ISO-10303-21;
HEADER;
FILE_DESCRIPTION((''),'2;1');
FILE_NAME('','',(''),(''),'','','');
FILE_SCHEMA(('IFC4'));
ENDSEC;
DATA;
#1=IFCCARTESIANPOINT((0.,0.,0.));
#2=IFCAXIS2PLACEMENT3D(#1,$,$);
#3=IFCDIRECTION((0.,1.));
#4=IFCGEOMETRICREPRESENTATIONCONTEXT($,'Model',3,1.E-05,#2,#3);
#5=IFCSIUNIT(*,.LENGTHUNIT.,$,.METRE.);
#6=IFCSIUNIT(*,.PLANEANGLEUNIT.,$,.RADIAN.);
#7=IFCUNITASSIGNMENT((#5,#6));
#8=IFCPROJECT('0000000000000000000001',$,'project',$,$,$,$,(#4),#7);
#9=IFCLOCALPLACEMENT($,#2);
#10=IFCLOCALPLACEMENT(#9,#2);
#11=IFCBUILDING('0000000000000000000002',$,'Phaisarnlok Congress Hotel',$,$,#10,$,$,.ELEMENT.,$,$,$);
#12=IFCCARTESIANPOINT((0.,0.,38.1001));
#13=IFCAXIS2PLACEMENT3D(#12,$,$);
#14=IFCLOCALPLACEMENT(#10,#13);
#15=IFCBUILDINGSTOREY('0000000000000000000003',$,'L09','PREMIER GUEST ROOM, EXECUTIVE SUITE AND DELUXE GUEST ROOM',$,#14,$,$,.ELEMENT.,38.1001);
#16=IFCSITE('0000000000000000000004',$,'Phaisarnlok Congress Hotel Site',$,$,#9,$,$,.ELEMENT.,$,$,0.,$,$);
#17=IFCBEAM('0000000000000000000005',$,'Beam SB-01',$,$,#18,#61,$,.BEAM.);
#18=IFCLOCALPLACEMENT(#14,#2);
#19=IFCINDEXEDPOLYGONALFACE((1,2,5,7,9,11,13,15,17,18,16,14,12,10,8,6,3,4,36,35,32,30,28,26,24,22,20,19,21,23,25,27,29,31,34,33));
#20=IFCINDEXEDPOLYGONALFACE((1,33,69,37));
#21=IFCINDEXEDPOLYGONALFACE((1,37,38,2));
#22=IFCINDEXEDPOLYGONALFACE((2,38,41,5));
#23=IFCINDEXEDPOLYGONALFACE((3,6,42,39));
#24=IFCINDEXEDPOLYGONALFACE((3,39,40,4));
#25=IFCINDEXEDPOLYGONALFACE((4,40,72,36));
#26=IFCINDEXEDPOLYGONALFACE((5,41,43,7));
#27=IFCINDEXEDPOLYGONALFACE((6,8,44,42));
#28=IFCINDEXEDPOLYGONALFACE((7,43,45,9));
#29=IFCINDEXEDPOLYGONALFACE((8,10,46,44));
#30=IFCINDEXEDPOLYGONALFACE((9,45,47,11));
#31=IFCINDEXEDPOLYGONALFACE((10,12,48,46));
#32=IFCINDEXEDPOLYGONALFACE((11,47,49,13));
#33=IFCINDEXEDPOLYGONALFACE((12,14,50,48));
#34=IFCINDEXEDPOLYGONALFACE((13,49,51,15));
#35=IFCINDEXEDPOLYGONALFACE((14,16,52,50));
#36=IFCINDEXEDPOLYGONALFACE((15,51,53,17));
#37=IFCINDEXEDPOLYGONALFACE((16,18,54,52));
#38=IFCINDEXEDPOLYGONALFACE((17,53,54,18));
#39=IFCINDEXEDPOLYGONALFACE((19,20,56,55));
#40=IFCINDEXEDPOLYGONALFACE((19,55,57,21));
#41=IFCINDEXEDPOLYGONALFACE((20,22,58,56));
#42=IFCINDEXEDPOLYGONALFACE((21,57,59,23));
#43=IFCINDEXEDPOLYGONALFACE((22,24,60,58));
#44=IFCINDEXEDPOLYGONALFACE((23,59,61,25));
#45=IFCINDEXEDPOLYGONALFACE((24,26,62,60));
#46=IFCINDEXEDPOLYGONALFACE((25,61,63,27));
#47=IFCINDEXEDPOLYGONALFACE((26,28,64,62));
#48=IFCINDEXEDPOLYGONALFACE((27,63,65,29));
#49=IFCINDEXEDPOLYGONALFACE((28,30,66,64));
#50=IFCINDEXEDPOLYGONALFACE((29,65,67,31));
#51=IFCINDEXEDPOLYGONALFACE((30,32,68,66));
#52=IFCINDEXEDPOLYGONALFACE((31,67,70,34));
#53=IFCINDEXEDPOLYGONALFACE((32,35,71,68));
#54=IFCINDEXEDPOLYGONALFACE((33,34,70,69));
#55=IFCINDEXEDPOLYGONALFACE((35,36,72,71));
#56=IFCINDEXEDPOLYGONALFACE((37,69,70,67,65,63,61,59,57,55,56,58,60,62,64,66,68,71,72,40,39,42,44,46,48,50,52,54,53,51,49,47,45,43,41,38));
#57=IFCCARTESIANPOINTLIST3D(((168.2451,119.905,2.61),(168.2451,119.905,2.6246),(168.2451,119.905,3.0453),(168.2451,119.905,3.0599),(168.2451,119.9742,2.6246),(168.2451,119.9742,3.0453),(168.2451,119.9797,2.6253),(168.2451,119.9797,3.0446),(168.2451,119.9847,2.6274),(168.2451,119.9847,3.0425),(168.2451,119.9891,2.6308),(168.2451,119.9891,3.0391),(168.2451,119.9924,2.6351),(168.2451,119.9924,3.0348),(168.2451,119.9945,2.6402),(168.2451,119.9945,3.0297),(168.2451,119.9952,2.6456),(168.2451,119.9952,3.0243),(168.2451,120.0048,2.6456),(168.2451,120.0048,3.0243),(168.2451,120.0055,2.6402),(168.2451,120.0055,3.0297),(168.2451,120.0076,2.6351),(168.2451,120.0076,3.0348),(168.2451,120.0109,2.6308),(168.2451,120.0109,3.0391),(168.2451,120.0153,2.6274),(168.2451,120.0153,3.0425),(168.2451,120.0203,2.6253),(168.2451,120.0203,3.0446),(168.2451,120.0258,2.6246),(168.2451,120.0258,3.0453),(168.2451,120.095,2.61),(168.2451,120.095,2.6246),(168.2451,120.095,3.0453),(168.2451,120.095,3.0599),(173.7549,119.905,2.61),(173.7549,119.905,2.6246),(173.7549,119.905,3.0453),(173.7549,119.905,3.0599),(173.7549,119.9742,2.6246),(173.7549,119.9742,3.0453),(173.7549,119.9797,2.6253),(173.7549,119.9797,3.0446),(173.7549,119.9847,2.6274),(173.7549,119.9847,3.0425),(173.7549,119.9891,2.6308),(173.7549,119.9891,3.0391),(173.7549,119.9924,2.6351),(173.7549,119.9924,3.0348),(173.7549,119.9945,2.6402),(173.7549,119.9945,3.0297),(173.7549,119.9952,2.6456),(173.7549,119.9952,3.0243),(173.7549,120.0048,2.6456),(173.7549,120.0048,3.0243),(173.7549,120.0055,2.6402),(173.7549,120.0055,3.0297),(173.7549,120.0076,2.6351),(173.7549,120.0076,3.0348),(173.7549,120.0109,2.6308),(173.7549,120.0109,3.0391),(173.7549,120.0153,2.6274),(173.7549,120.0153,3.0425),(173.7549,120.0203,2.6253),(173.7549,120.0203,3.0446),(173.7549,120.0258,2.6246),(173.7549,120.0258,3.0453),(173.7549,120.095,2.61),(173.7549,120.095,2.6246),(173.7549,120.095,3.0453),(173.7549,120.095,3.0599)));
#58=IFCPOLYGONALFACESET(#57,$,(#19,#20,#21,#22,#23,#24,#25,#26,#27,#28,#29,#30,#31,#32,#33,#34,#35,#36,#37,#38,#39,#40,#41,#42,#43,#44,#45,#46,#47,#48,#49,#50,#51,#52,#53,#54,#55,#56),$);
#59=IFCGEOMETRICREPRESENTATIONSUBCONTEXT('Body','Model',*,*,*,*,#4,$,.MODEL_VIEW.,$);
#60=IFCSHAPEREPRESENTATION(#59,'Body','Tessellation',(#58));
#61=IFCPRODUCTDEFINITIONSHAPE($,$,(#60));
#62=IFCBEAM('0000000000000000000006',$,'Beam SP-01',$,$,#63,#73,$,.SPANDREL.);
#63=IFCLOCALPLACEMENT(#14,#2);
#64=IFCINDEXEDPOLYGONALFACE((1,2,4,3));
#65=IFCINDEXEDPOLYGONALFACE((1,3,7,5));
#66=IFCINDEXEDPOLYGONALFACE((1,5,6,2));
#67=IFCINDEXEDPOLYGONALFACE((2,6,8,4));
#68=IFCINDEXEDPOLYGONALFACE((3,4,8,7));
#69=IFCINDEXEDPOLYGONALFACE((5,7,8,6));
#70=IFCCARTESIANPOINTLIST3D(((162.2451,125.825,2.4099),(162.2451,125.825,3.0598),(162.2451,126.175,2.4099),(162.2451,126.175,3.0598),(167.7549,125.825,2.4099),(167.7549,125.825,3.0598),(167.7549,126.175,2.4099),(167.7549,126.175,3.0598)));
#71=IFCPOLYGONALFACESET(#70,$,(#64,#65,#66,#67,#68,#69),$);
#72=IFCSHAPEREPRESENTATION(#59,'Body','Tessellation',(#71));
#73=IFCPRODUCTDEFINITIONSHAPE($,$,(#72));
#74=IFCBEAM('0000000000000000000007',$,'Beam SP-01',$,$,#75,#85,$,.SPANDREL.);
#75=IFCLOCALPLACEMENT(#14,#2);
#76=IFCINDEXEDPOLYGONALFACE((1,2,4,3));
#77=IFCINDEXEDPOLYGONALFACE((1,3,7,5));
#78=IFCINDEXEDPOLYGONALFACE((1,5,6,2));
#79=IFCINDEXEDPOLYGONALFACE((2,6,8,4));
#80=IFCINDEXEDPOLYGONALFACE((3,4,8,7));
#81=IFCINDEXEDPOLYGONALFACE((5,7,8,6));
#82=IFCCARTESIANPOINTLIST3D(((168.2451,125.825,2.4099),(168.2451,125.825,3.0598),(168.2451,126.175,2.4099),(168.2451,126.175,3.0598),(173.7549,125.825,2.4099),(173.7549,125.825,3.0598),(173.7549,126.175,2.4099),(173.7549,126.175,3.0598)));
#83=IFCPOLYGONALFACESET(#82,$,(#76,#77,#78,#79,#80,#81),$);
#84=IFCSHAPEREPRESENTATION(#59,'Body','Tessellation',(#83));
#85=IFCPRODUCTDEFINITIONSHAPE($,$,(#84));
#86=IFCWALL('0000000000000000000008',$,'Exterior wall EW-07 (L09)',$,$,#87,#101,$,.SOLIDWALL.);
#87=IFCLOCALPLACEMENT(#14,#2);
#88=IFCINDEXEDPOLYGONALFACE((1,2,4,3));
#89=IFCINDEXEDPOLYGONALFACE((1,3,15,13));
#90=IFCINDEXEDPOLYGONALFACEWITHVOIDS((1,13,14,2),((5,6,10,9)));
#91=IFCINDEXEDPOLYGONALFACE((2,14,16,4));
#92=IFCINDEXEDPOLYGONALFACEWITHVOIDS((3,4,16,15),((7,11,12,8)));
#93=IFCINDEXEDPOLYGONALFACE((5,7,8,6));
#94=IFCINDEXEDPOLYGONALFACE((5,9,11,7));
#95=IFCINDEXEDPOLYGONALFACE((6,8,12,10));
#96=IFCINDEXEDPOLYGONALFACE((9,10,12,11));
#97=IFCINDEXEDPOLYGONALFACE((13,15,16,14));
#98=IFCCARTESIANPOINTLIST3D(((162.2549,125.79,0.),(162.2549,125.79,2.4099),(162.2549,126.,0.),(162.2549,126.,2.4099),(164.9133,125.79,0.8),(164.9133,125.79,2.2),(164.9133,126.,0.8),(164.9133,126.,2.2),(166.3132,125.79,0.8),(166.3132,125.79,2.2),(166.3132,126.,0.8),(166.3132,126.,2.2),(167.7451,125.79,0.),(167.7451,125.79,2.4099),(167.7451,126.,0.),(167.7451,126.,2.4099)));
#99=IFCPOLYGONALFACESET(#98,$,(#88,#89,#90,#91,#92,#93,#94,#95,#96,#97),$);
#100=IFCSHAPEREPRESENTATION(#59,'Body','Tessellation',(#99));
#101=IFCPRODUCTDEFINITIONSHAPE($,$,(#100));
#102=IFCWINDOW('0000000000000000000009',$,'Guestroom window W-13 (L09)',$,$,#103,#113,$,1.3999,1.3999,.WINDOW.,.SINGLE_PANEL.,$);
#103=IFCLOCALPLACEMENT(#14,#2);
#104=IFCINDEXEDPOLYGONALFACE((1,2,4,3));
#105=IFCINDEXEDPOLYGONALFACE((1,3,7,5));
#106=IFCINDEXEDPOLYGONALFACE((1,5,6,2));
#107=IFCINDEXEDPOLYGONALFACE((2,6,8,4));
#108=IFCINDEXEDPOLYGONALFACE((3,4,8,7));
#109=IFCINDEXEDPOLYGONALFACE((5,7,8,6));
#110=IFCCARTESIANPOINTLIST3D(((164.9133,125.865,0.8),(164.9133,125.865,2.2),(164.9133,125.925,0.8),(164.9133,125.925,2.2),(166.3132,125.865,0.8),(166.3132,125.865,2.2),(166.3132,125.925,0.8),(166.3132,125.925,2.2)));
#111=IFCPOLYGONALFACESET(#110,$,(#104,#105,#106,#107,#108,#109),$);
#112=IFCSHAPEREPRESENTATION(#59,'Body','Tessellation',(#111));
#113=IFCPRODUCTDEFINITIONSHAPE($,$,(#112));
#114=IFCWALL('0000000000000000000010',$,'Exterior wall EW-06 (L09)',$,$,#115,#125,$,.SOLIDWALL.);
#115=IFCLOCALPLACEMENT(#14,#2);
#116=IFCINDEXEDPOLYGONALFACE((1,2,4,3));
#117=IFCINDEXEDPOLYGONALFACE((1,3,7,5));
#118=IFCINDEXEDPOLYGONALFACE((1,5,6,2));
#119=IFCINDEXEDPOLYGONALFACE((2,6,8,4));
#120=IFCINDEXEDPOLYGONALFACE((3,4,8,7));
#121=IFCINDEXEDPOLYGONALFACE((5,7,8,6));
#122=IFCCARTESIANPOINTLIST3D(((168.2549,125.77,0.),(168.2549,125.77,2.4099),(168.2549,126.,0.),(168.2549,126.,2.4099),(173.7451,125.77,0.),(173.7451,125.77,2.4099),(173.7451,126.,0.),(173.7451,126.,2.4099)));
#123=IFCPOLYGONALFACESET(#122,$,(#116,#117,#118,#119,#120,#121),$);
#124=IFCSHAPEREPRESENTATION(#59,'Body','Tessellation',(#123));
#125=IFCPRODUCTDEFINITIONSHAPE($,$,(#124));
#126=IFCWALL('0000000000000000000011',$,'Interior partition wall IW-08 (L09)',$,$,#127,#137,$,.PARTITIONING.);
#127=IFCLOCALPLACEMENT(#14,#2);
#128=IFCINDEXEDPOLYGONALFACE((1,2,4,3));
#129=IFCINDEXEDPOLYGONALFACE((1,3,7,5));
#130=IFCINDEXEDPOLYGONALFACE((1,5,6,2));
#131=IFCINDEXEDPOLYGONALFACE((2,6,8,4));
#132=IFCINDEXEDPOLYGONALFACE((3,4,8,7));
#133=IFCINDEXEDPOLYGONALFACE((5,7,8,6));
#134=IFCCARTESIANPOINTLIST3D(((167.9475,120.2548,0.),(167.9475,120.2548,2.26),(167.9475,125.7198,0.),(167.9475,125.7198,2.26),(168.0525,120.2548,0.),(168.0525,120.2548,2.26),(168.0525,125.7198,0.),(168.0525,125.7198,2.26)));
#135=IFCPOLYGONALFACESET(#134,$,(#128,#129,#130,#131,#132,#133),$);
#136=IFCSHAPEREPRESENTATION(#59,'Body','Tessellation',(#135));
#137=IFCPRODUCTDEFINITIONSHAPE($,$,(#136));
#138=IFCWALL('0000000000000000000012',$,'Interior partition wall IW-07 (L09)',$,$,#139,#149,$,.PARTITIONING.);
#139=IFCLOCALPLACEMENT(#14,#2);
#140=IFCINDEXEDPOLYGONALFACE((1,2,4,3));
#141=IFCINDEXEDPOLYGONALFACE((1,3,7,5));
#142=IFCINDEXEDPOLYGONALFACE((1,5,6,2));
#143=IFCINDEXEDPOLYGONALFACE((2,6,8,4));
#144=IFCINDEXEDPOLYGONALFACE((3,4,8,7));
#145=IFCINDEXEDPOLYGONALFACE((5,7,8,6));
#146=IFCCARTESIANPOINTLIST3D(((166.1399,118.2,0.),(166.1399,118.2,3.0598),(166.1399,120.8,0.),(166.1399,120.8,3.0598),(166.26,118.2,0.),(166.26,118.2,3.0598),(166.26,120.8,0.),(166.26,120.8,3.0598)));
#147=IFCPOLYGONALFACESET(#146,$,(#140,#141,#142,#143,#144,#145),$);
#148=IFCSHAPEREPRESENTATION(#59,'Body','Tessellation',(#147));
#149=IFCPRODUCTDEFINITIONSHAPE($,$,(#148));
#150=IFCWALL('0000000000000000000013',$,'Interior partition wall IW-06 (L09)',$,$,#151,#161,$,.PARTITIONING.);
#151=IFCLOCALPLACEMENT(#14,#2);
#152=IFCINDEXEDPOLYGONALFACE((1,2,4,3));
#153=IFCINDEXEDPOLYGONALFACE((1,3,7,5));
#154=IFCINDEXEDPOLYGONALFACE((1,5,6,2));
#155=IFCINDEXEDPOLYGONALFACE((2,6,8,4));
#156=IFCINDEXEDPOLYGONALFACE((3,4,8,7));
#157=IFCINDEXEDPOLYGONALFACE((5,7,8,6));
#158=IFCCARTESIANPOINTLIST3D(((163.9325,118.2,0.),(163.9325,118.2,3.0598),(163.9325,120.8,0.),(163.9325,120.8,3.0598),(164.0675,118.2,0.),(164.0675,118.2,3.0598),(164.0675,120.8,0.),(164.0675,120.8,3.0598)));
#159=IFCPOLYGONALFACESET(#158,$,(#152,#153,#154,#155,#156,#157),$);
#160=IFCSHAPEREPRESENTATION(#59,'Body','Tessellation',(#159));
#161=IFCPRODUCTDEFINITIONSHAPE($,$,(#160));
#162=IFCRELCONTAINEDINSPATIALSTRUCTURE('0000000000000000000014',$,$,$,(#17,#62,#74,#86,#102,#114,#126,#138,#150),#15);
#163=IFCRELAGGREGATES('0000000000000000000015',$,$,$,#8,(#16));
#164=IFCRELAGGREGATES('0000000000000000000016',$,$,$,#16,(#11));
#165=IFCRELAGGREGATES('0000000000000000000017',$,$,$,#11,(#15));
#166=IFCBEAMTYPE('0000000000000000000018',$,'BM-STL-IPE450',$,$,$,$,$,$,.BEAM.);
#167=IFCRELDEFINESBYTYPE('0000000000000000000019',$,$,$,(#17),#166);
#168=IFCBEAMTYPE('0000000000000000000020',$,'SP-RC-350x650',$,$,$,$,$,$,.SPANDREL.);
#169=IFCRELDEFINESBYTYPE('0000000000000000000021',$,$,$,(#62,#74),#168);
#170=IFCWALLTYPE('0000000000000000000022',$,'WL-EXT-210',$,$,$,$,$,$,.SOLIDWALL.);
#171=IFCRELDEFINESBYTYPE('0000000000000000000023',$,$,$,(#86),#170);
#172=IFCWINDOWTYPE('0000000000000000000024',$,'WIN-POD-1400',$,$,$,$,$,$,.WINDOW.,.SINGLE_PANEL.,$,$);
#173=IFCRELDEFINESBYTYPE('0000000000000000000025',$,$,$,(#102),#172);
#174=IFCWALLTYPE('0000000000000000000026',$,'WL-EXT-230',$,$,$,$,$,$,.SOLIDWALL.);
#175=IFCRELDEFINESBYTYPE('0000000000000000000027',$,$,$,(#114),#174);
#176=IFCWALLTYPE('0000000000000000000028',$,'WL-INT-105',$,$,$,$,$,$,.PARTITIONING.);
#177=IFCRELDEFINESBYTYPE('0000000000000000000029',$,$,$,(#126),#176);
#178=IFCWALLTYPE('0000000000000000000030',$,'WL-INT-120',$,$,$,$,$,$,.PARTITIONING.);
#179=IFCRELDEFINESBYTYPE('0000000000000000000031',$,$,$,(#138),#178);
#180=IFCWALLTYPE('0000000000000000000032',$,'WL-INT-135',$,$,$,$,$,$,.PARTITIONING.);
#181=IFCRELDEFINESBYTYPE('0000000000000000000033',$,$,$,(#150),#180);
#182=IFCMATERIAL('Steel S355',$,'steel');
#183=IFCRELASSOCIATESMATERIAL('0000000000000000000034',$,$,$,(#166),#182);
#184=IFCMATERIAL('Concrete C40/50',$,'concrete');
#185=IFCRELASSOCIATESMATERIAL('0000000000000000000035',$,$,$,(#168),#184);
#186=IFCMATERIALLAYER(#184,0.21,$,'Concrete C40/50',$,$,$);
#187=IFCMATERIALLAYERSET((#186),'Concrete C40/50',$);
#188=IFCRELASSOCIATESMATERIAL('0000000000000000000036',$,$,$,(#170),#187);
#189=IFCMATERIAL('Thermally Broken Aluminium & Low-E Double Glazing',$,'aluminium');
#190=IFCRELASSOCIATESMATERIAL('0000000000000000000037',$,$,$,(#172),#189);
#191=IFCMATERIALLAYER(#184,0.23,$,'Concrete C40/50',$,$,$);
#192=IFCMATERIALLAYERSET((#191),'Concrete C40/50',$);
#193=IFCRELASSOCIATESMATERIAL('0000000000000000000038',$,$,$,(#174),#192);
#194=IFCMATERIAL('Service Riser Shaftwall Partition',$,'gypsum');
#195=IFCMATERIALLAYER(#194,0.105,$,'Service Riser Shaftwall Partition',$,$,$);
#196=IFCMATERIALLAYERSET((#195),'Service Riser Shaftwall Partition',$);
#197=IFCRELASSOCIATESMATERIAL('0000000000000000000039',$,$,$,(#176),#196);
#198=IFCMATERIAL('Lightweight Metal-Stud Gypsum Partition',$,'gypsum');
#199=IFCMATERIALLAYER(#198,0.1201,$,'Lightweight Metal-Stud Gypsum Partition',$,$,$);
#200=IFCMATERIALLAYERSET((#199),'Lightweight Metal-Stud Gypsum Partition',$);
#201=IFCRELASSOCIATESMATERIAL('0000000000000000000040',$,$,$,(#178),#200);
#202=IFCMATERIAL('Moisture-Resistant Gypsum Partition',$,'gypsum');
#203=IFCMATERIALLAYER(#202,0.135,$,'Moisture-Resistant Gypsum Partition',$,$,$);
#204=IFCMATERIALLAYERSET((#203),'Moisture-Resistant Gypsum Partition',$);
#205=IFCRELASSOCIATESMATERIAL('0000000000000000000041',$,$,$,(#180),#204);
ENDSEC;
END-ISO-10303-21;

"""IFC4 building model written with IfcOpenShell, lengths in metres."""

from ifc_helpers import new_model, si_unit, direction, frame, frame_2d, origin, origin_2d, place, context, subcontext, project, spatial, rectangle, i_section, extrude, material, layer, layer_set, material_profile, profile_set, type_object, element, fill, save


model = new_model("IFC4")

# Units and contexts
model_context = context("Model", 3, precision=1e-05, world=origin(), true_north=direction((0.0, 1.0)))
body_context = subcontext(model_context, "Body", "Model", "MODEL_VIEW")
ifc_project = project(units=[si_unit("LENGTHUNIT", "METRE"), si_unit("PLANEANGLEUNIT", "RADIAN")], contexts=[model_context])

# Site, building, storey
site_placement = place(None, origin())
site = spatial("IfcSite", under=ifc_project, at=site_placement, Name="Phaisarnlok Congress Hotel Site", CompositionType="ELEMENT", RefElevation=0.0)
building_placement = place(site_placement, origin())
building = spatial("IfcBuilding", under=site, at=building_placement, Name="Phaisarnlok Congress Hotel", CompositionType="ELEMENT")
storey_placement = place(building_placement, frame((0.0, 0.0, 38.1001)))
storey = spatial("IfcBuildingStorey", under=building, at=storey_placement, Name="L09", Description="PREMIER GUEST ROOM, EXECUTIVE SUITE AND DELUXE GUEST ROOM", CompositionType="ELEMENT", Elevation=38.1001)

# Beams
ifc_material_1 = material(Name="Concrete C40/50", Category="concrete")
ifc_material_2 = material(Name="Steel S355", Category="steel")
ifc_material_profile_1 = material_profile(ifc_material_2, i_section(OverallWidth=0.1899, OverallDepth=0.45, WebThickness=0.0095, FlangeThickness=0.0146, FilletRadius=0.021, at=origin_2d()), Name="IPE 450")
ifc_profile_set_1 = profile_set([ifc_material_profile_1], Name="Steel S355")
beam_type_1 = type_object("IfcBeamType", Name="BM-STL-IPE450", PredefinedType="BEAM", material=ifc_profile_set_1)
beam_1_placement = place(storey_placement, frame((168.2451, 120.0, 2.835), z_axis=(1.0, 0.0, 0.0), x_axis=(0.0, 1.0, 0.0)))
element("IfcBeam", 1, at=beam_1_placement, inside=storey, type_object=beam_type_1, Name="Beam SB-01", PredefinedType="BEAM", context=body_context, shape_type="SweptSolid", body=[
    extrude(i_section(OverallWidth=0.1899, OverallDepth=0.45, WebThickness=0.0095, FlangeThickness=0.0146, FilletRadius=0.021, at=origin_2d()), origin(), (0.0, 0.0, 1.0), 5.5098),
])
ifc_material_profile_2 = material_profile(ifc_material_1, rectangle(XDim=0.3501, YDim=0.6499, at=origin_2d()), Name="RC 350x650")
ifc_profile_set_2 = profile_set([ifc_material_profile_2], Name="Concrete C40/50")
beam_type_2 = type_object("IfcBeamType", Name="SP-RC-350x650", PredefinedType="SPANDREL", material=ifc_profile_set_2)
for number, where, z_axis, x_axis, name in (
    (2, (162.2451, 126.0, 2.7349), (1.0, 0.0, 0.0), (0.0, 1.0, 0.0), "Beam SP-01"),
    (3, (168.2451, 126.0, 2.7349), (1.0, 0.0, 0.0), (0.0, 1.0, 0.0), "Beam SP-01"),
):
    element("IfcBeam", number, at=place(storey_placement, frame(where, z_axis=z_axis, x_axis=x_axis)), inside=storey, type_object=beam_type_2, Name=name, PredefinedType="SPANDREL", context=body_context, shape_type="SweptSolid", body=[
        extrude(rectangle(XDim=0.3501, YDim=0.6499, at=origin_2d()), origin(), (0.0, 0.0, 1.0), 5.5098),
    ])

# Wall, opening, window
ifc_layer_1 = layer(ifc_material_1, 0.21, Name="Concrete C40/50")
ifc_layer_set_1 = layer_set([ifc_layer_1], Name="Concrete C40/50")
wall_type_1 = type_object("IfcWallType", Name="WL-EXT-210", PredefinedType="SOLIDWALL", material=ifc_layer_set_1)
wall_1_placement = place(storey_placement, frame((167.7451, 125.895, 0.0), z_axis=(0.0, 0.0, 1.0), x_axis=(-1.0, 0.0, 0.0)))
wall_1 = element("IfcWall", 4, at=wall_1_placement, inside=storey, type_object=wall_type_1, Name="Exterior wall EW-07 (L09)", PredefinedType="SOLIDWALL", context=body_context, shape_type="SweptSolid", body=[
    extrude(rectangle(XDim=5.4902, YDim=0.21, at=frame_2d((2.7451, 0.0))), origin(), (0.0, 0.0, 1.0), 2.4099),
])
opening_1_placement = place(wall_1_placement, frame((1.4319, 0.0, 0.8)))
opening_1 = element("IfcOpeningElement", 5, at=opening_1_placement, cuts=wall_1, PredefinedType="OPENING", context=body_context, shape_type="SweptSolid", body=[
    extrude(rectangle(XDim=1.3999, YDim=1.3999, at=frame_2d((0.7, 0.7))), frame((0.0, 0.115, 0.0), z_axis=(0.0, -1.0, 0.0), x_axis=(1.0, 0.0, 0.0)), (0.0, 0.0, 1.0), 0.23),
])
ifc_material_3 = material(Name="Thermally Broken Aluminium & Low-E Double Glazing", Category="aluminium")
window_type = type_object("IfcWindowType", Name="WIN-POD-1400", PartitioningType="SINGLE_PANEL", PredefinedType="WINDOW", material=ifc_material_3)
window_placement = place(opening_1_placement, origin())
window = element("IfcWindow", 6, at=window_placement, inside=storey, type_object=window_type, Name="Guestroom window W-13 (L09)", OverallHeight=1.3999, OverallWidth=1.3999, PartitioningType="SINGLE_PANEL", PredefinedType="WINDOW", context=body_context, shape_type="SweptSolid", body=[
    extrude(rectangle(XDim=1.3999, YDim=1.3999, at=frame_2d((0.7, 0.7))), frame((0.0, 0.03, 0.0), z_axis=(0.0, -1.0, 0.0), x_axis=(1.0, 0.0, 0.0)), (0.0, 0.0, 1.0), 0.0601),
])
fill(opening_1, window)

# Walls
ifc_layer_2 = layer(ifc_material_1, 0.23, Name="Concrete C40/50")
ifc_layer_set_2 = layer_set([ifc_layer_2], Name="Concrete C40/50")
wall_type_2 = type_object("IfcWallType", Name="WL-EXT-230", PredefinedType="SOLIDWALL", material=ifc_layer_set_2)
wall_2_placement = place(storey_placement, frame((173.7451, 125.885, 0.0), z_axis=(0.0, 0.0, 1.0), x_axis=(-1.0, 0.0, 0.0)))
element("IfcWall", 7, at=wall_2_placement, inside=storey, type_object=wall_type_2, Name="Exterior wall EW-06 (L09)", PredefinedType="SOLIDWALL", context=body_context, shape_type="SweptSolid", body=[
    extrude(rectangle(XDim=5.4902, YDim=0.23, at=frame_2d((2.7451, 0.0))), origin(), (0.0, 0.0, 1.0), 2.4099),
])
ifc_material_4 = material(Name="Service Riser Shaftwall Partition", Category="gypsum")
ifc_layer_3 = layer(ifc_material_4, 0.105, Name="Service Riser Shaftwall Partition")
ifc_layer_set_3 = layer_set([ifc_layer_3], Name="Service Riser Shaftwall Partition")
wall_type_3 = type_object("IfcWallType", Name="WL-INT-105", PredefinedType="PARTITIONING", material=ifc_layer_set_3)
wall_3_placement = place(storey_placement, frame((168.0, 120.2549, 0.0), z_axis=(0.0, 0.0, 1.0), x_axis=(0.0, 1.0, 0.0)))
element("IfcWall", 8, at=wall_3_placement, inside=storey, type_object=wall_type_3, Name="Interior partition wall IW-08 (L09)", PredefinedType="PARTITIONING", context=body_context, shape_type="SweptSolid", body=[
    extrude(rectangle(XDim=5.4651, YDim=0.105, at=frame_2d((2.7324, 0.0))), origin(), (0.0, 0.0, 1.0), 2.26),
])
ifc_material_5 = material(Name="Lightweight Metal-Stud Gypsum Partition", Category="gypsum")
ifc_layer_4 = layer(ifc_material_5, 0.1201, Name="Lightweight Metal-Stud Gypsum Partition")
ifc_layer_set_4 = layer_set([ifc_layer_4], Name="Lightweight Metal-Stud Gypsum Partition")
wall_type_4 = type_object("IfcWallType", Name="WL-INT-120", PredefinedType="PARTITIONING", material=ifc_layer_set_4)
wall_4_placement = place(storey_placement, frame((166.2, 118.2, 0.0), z_axis=(0.0, 0.0, 1.0), x_axis=(0.0, 1.0, 0.0)))
element("IfcWall", 9, at=wall_4_placement, inside=storey, type_object=wall_type_4, Name="Interior partition wall IW-07 (L09)", PredefinedType="PARTITIONING", context=body_context, shape_type="SweptSolid", body=[
    extrude(rectangle(XDim=2.6001, YDim=0.1201, at=frame_2d((1.3, 0.0))), origin(), (0.0, 0.0, 1.0), 3.0598),
])
ifc_material_6 = material(Name="Moisture-Resistant Gypsum Partition", Category="gypsum")
ifc_layer_5 = layer(ifc_material_6, 0.135, Name="Moisture-Resistant Gypsum Partition")
ifc_layer_set_5 = layer_set([ifc_layer_5], Name="Moisture-Resistant Gypsum Partition")
wall_type_5 = type_object("IfcWallType", Name="WL-INT-135", PredefinedType="PARTITIONING", material=ifc_layer_set_5)
wall_5_placement = place(storey_placement, frame((164.0, 118.2, 0.0), z_axis=(0.0, 0.0, 1.0), x_axis=(0.0, 1.0, 0.0)))
element("IfcWall", 10, at=wall_5_placement, inside=storey, type_object=wall_type_5, Name="Interior partition wall IW-06 (L09)", PredefinedType="PARTITIONING", context=body_context, shape_type="SweptSolid", body=[
    extrude(rectangle(XDim=2.6001, YDim=0.135, at=frame_2d((1.3, 0.0))), origin(), (0.0, 0.0, 1.0), 3.0598),
])

save(model, "model.ifc")
